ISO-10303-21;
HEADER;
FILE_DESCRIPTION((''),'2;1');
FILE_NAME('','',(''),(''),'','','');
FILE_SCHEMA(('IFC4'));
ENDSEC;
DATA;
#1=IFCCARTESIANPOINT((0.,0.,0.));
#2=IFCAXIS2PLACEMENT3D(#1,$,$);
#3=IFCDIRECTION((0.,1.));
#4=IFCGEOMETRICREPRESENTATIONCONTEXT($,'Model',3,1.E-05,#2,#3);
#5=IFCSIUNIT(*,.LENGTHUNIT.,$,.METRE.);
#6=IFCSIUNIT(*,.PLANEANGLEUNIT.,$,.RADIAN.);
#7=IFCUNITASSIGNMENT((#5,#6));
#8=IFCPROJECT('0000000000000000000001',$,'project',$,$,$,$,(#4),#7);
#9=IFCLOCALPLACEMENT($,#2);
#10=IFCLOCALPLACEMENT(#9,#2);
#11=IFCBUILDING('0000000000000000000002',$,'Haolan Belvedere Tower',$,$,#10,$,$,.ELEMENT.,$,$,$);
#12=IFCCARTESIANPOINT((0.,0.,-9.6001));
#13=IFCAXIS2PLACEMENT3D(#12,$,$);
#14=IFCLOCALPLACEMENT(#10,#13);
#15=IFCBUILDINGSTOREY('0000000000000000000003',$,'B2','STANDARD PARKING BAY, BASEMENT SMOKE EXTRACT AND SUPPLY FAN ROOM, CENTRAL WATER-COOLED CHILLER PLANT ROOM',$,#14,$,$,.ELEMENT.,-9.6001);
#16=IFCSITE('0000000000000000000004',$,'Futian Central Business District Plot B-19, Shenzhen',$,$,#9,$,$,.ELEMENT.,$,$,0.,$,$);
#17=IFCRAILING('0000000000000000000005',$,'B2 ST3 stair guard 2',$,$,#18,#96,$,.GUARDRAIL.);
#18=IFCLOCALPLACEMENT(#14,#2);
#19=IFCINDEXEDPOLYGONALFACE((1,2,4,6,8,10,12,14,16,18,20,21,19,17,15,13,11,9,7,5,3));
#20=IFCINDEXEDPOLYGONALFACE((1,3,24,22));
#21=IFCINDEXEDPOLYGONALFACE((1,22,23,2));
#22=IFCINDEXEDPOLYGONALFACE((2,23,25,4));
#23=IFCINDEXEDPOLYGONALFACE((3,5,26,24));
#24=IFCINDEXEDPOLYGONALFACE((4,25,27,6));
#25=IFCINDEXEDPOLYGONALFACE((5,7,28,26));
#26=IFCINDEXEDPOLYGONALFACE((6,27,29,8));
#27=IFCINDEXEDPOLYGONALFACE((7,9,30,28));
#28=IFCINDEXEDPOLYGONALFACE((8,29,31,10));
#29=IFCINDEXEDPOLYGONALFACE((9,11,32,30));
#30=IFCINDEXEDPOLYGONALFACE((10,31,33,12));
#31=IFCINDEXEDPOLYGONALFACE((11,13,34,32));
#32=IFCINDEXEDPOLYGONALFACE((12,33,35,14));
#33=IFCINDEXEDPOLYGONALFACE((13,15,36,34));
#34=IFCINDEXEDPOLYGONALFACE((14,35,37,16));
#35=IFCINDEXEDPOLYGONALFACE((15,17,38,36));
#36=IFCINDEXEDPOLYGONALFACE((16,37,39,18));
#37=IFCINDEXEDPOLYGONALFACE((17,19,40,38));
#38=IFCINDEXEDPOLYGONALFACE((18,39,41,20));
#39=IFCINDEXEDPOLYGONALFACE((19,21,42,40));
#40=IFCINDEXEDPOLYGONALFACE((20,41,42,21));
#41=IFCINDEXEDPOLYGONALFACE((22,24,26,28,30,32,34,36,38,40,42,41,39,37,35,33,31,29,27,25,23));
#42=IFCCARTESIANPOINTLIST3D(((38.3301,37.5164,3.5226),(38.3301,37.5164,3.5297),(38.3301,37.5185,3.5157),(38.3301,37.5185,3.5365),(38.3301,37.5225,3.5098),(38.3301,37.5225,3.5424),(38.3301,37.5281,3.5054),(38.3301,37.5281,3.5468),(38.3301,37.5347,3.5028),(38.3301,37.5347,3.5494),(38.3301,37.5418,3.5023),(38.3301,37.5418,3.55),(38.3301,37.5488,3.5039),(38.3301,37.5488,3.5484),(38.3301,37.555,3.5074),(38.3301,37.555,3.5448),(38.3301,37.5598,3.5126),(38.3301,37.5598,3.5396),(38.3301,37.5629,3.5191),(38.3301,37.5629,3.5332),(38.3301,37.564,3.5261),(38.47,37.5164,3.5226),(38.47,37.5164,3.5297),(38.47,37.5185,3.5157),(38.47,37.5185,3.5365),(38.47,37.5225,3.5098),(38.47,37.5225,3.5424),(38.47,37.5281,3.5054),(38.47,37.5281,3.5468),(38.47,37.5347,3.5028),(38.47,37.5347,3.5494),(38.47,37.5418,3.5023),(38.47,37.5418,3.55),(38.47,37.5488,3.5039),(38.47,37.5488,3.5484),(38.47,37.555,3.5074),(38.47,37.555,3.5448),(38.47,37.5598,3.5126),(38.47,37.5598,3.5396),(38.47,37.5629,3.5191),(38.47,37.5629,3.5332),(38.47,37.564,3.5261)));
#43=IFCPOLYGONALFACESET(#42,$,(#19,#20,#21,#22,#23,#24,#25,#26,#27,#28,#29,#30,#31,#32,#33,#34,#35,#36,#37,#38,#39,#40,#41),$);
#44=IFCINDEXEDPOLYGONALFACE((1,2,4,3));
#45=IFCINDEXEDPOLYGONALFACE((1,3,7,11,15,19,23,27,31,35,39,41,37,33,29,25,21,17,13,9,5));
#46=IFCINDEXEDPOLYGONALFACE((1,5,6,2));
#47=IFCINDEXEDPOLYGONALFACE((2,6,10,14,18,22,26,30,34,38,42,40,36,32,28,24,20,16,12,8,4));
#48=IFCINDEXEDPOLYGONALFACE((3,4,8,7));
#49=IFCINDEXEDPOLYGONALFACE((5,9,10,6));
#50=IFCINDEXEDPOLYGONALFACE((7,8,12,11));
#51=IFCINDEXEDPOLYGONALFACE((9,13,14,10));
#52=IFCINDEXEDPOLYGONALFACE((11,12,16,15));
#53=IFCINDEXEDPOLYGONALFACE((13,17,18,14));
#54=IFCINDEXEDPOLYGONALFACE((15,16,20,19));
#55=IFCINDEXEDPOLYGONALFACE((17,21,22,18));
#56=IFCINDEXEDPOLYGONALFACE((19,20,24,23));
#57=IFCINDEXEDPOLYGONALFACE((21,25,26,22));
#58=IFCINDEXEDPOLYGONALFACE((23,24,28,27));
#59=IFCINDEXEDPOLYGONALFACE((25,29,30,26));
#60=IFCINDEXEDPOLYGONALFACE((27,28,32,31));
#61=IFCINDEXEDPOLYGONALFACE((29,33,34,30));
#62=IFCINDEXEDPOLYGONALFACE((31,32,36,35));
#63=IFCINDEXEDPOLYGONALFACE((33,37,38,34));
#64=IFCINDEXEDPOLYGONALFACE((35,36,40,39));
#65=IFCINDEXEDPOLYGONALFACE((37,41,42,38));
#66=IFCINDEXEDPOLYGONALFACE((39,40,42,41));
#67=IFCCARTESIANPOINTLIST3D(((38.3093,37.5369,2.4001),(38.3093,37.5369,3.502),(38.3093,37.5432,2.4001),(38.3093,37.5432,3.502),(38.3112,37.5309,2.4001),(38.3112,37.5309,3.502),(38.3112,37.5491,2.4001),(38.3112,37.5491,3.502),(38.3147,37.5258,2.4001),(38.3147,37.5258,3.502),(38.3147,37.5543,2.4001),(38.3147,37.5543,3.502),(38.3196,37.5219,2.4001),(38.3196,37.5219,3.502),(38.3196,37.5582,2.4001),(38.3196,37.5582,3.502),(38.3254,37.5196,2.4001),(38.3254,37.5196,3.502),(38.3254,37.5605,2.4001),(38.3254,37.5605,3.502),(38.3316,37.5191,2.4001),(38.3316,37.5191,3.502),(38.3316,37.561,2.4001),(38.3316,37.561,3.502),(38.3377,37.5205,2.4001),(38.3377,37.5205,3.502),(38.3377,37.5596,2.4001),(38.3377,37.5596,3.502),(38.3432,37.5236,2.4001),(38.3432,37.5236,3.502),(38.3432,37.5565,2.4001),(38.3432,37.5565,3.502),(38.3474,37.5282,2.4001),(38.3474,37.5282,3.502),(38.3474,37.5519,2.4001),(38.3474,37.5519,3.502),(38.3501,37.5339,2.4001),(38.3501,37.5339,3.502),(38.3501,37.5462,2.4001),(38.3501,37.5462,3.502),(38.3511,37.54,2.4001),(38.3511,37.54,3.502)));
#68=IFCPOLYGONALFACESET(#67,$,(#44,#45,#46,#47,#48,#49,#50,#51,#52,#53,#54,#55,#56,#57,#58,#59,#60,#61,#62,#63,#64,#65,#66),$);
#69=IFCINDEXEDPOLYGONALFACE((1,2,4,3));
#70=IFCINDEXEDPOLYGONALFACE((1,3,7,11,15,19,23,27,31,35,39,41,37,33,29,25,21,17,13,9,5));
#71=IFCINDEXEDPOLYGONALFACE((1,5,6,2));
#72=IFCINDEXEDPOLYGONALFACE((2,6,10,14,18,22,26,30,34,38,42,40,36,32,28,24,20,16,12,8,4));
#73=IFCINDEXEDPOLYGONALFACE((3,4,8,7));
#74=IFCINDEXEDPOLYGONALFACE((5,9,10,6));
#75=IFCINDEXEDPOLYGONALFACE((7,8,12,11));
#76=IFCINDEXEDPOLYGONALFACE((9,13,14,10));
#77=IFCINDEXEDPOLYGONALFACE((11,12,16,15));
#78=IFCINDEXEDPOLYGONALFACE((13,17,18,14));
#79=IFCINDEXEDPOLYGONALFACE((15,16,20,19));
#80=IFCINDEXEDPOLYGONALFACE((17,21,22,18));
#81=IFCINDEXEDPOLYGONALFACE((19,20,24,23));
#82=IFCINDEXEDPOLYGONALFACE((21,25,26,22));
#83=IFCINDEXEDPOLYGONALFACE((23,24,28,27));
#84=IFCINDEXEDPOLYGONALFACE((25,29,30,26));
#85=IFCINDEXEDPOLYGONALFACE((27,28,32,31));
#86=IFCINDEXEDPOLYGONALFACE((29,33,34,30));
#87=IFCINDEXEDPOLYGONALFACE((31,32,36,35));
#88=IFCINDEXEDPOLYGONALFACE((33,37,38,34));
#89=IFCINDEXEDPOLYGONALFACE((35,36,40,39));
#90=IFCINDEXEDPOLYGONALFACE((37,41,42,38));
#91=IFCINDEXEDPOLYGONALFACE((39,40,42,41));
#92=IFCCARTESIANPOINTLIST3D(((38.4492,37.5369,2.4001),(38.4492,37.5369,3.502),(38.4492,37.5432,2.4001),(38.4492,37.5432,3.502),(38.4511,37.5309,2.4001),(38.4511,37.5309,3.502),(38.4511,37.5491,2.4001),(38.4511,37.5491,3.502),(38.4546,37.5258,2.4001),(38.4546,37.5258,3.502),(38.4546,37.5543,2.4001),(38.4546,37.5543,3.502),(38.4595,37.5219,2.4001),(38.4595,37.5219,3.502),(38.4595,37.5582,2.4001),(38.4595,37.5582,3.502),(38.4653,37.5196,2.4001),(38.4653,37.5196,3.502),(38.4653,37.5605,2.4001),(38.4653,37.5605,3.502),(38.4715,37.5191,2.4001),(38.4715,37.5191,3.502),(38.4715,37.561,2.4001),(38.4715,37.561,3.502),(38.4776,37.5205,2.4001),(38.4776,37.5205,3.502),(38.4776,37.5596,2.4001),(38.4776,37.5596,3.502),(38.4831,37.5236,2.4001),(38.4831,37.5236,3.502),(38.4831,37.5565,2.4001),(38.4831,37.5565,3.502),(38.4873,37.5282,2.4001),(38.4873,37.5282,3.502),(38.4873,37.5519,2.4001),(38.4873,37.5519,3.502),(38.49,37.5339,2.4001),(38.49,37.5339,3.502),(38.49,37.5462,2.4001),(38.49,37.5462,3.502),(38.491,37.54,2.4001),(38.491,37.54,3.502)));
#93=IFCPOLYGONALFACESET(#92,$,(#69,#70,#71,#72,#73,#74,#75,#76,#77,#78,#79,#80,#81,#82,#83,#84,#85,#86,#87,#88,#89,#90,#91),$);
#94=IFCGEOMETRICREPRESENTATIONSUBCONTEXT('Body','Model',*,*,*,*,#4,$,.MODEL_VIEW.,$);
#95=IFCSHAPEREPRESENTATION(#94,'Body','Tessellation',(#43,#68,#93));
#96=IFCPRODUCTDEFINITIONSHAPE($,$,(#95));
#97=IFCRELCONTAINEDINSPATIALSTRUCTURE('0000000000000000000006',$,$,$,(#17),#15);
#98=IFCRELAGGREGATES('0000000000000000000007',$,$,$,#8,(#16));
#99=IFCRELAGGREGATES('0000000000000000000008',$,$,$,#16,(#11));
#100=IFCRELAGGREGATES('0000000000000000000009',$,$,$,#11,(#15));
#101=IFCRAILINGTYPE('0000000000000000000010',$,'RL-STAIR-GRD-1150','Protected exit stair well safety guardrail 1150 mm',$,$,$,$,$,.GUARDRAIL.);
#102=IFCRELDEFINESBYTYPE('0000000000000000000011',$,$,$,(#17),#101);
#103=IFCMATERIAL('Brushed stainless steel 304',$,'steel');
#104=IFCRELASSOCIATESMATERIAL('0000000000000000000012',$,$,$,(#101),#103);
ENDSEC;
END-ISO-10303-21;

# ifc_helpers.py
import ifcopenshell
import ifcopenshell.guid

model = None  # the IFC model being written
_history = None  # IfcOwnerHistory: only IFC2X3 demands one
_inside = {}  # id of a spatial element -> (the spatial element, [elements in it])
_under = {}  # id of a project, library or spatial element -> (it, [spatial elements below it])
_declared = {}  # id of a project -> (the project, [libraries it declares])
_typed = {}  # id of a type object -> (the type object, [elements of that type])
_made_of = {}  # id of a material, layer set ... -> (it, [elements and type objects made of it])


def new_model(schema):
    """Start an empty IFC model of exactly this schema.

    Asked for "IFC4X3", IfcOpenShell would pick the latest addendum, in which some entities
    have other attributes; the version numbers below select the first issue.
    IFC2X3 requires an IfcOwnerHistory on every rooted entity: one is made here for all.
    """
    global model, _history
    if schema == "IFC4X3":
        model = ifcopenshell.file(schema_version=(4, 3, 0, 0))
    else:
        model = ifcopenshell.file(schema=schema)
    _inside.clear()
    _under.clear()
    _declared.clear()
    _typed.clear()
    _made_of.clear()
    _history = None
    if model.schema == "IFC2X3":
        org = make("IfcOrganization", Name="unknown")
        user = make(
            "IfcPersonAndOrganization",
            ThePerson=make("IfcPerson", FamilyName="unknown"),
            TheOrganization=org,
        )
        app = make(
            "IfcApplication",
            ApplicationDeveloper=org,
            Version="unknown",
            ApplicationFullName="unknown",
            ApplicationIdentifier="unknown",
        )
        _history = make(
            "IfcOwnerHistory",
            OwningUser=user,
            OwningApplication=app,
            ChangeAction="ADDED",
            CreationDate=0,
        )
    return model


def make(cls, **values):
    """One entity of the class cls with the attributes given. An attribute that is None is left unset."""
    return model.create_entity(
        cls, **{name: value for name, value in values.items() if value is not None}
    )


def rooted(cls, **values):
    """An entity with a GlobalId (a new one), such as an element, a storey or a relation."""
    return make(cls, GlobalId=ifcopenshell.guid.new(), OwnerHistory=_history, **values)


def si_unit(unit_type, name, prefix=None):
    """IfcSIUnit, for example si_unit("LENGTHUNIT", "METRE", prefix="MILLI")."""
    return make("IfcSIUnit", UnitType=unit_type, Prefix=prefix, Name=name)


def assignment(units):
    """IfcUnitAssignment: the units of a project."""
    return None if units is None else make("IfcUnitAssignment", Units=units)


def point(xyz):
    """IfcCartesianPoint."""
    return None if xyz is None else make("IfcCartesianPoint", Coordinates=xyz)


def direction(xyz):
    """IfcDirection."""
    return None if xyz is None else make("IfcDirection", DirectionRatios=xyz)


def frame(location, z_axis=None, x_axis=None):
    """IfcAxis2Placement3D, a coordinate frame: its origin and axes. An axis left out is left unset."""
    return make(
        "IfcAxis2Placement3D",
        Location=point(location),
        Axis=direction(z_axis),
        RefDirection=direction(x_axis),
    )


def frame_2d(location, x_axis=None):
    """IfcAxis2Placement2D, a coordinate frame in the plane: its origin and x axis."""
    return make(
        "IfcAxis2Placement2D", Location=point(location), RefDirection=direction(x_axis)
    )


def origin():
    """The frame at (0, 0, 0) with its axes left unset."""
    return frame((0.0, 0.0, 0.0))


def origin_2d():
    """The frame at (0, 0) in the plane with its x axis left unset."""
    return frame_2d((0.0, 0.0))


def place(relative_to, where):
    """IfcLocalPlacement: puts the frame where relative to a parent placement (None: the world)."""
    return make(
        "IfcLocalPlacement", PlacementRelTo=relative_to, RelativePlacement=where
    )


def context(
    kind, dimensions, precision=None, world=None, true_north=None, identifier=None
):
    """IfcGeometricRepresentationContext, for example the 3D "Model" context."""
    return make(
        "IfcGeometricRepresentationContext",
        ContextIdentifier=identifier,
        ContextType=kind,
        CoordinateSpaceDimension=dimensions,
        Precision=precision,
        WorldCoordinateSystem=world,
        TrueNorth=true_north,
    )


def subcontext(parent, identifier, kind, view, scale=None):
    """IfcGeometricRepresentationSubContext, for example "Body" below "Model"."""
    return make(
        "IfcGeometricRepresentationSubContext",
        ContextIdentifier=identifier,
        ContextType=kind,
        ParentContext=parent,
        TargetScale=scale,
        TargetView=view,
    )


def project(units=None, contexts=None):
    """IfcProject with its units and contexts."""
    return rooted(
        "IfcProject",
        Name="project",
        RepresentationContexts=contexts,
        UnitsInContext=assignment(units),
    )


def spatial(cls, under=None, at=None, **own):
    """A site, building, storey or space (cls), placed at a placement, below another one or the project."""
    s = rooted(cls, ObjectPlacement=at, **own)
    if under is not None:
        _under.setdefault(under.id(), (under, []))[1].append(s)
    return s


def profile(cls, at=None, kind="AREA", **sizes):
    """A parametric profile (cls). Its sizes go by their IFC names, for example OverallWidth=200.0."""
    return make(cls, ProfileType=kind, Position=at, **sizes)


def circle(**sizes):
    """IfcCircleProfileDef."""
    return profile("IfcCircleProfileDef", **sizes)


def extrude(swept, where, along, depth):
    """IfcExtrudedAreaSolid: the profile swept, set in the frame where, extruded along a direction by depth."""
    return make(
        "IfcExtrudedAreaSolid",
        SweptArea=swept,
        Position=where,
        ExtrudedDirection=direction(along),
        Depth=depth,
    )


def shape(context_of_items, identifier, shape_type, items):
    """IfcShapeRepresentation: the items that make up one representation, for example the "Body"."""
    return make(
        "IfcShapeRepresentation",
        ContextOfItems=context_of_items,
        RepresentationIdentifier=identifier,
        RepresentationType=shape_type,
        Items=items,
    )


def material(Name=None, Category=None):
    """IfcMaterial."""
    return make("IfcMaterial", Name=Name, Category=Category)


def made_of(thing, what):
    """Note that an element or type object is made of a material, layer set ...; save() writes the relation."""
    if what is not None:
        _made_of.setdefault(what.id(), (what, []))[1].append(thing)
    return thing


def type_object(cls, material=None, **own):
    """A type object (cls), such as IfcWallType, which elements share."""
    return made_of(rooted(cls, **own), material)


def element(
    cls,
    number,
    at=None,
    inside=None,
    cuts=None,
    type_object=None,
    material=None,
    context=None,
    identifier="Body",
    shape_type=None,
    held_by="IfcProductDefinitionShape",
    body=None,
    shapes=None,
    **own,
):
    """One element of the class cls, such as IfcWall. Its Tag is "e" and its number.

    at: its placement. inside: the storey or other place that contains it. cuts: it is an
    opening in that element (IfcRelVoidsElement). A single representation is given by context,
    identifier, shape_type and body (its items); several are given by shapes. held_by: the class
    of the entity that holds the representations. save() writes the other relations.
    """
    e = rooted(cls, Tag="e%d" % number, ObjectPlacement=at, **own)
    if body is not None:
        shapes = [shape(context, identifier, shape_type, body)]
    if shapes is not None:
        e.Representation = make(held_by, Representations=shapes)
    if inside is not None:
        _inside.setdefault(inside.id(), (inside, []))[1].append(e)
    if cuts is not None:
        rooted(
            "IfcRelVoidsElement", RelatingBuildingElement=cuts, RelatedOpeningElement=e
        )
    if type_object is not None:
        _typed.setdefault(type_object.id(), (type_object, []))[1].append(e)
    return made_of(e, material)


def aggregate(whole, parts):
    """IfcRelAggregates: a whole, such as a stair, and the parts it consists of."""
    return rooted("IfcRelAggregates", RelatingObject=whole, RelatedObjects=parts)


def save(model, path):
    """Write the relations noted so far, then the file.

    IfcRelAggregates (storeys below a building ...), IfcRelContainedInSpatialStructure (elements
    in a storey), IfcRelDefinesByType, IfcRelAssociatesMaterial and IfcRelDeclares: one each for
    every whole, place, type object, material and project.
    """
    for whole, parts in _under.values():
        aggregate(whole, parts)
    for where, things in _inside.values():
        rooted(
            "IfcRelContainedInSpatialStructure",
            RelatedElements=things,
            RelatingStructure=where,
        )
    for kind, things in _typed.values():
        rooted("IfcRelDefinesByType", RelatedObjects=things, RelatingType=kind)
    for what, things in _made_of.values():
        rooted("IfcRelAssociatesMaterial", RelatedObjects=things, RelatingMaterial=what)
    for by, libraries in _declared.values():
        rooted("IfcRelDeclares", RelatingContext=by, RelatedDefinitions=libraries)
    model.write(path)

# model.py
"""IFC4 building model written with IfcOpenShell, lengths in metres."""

from ifc_helpers import new_model, si_unit, direction, frame, origin, origin_2d, place, context, subcontext, project, spatial, circle, extrude, material, type_object, element, save


model = new_model("IFC4")

# Units and contexts
model_context = context("Model", 3, precision=1e-05, world=origin(), true_north=direction((0.0, 1.0)))
body_context = subcontext(model_context, "Body", "Model", "MODEL_VIEW")
ifc_project = project(units=[si_unit("LENGTHUNIT", "METRE"), si_unit("PLANEANGLEUNIT", "RADIAN")], contexts=[model_context])

# Site, building, storey
site_placement = place(None, origin())
site = spatial("IfcSite", under=ifc_project, at=site_placement, Name="Futian Central Business District Plot B-19, Shenzhen", CompositionType="ELEMENT", RefElevation=0.0)
building_placement = place(site_placement, origin())
building = spatial("IfcBuilding", under=site, at=building_placement, Name="Haolan Belvedere Tower", CompositionType="ELEMENT")
storey_placement = place(building_placement, frame((0.0, 0.0, -9.6001)))
storey = spatial("IfcBuildingStorey", under=building, at=storey_placement, Name="B2", Description="STANDARD PARKING BAY, BASEMENT SMOKE EXTRACT AND SUPPLY FAN ROOM, CENTRAL WATER-COOLED CHILLER PLANT ROOM", CompositionType="ELEMENT", Elevation=-9.6001)

# Railing
ifc_material_1 = material(Name="Brushed stainless steel 304", Category="steel")
railing_type_1 = type_object("IfcRailingType", Name="RL-STAIR-GRD-1150", Description="Protected exit stair well safety guardrail 1150 mm", PredefinedType="GUARDRAIL", material=ifc_material_1)
railing_1_placement = place(storey_placement, frame((38.3301, 37.54, 2.4001)))
element("IfcRailing", 1, at=railing_1_placement, inside=storey, type_object=railing_type_1, Name="B2 ST3 stair guard 2", PredefinedType="GUARDRAIL", context=body_context, shape_type="SweptSolid", body=[
    extrude(circle(Radius=0.0239, at=origin_2d()), frame((0.0, 0.0, 1.126), z_axis=(1.0, 0.0, 0.0), x_axis=(0.0, 1.0, 0.0)), (0.0, 0.0, 1.0), 0.1399),
    extrude(circle(Radius=0.021, at=origin_2d()), origin(), (0.0, 0.0, 1.0), 1.1018),
    extrude(circle(Radius=0.021, at=origin_2d()), frame((0.1399, 0.0, 0.0)), (0.0, 0.0, 1.0), 1.1018),
])

save(model, "model.ifc")
